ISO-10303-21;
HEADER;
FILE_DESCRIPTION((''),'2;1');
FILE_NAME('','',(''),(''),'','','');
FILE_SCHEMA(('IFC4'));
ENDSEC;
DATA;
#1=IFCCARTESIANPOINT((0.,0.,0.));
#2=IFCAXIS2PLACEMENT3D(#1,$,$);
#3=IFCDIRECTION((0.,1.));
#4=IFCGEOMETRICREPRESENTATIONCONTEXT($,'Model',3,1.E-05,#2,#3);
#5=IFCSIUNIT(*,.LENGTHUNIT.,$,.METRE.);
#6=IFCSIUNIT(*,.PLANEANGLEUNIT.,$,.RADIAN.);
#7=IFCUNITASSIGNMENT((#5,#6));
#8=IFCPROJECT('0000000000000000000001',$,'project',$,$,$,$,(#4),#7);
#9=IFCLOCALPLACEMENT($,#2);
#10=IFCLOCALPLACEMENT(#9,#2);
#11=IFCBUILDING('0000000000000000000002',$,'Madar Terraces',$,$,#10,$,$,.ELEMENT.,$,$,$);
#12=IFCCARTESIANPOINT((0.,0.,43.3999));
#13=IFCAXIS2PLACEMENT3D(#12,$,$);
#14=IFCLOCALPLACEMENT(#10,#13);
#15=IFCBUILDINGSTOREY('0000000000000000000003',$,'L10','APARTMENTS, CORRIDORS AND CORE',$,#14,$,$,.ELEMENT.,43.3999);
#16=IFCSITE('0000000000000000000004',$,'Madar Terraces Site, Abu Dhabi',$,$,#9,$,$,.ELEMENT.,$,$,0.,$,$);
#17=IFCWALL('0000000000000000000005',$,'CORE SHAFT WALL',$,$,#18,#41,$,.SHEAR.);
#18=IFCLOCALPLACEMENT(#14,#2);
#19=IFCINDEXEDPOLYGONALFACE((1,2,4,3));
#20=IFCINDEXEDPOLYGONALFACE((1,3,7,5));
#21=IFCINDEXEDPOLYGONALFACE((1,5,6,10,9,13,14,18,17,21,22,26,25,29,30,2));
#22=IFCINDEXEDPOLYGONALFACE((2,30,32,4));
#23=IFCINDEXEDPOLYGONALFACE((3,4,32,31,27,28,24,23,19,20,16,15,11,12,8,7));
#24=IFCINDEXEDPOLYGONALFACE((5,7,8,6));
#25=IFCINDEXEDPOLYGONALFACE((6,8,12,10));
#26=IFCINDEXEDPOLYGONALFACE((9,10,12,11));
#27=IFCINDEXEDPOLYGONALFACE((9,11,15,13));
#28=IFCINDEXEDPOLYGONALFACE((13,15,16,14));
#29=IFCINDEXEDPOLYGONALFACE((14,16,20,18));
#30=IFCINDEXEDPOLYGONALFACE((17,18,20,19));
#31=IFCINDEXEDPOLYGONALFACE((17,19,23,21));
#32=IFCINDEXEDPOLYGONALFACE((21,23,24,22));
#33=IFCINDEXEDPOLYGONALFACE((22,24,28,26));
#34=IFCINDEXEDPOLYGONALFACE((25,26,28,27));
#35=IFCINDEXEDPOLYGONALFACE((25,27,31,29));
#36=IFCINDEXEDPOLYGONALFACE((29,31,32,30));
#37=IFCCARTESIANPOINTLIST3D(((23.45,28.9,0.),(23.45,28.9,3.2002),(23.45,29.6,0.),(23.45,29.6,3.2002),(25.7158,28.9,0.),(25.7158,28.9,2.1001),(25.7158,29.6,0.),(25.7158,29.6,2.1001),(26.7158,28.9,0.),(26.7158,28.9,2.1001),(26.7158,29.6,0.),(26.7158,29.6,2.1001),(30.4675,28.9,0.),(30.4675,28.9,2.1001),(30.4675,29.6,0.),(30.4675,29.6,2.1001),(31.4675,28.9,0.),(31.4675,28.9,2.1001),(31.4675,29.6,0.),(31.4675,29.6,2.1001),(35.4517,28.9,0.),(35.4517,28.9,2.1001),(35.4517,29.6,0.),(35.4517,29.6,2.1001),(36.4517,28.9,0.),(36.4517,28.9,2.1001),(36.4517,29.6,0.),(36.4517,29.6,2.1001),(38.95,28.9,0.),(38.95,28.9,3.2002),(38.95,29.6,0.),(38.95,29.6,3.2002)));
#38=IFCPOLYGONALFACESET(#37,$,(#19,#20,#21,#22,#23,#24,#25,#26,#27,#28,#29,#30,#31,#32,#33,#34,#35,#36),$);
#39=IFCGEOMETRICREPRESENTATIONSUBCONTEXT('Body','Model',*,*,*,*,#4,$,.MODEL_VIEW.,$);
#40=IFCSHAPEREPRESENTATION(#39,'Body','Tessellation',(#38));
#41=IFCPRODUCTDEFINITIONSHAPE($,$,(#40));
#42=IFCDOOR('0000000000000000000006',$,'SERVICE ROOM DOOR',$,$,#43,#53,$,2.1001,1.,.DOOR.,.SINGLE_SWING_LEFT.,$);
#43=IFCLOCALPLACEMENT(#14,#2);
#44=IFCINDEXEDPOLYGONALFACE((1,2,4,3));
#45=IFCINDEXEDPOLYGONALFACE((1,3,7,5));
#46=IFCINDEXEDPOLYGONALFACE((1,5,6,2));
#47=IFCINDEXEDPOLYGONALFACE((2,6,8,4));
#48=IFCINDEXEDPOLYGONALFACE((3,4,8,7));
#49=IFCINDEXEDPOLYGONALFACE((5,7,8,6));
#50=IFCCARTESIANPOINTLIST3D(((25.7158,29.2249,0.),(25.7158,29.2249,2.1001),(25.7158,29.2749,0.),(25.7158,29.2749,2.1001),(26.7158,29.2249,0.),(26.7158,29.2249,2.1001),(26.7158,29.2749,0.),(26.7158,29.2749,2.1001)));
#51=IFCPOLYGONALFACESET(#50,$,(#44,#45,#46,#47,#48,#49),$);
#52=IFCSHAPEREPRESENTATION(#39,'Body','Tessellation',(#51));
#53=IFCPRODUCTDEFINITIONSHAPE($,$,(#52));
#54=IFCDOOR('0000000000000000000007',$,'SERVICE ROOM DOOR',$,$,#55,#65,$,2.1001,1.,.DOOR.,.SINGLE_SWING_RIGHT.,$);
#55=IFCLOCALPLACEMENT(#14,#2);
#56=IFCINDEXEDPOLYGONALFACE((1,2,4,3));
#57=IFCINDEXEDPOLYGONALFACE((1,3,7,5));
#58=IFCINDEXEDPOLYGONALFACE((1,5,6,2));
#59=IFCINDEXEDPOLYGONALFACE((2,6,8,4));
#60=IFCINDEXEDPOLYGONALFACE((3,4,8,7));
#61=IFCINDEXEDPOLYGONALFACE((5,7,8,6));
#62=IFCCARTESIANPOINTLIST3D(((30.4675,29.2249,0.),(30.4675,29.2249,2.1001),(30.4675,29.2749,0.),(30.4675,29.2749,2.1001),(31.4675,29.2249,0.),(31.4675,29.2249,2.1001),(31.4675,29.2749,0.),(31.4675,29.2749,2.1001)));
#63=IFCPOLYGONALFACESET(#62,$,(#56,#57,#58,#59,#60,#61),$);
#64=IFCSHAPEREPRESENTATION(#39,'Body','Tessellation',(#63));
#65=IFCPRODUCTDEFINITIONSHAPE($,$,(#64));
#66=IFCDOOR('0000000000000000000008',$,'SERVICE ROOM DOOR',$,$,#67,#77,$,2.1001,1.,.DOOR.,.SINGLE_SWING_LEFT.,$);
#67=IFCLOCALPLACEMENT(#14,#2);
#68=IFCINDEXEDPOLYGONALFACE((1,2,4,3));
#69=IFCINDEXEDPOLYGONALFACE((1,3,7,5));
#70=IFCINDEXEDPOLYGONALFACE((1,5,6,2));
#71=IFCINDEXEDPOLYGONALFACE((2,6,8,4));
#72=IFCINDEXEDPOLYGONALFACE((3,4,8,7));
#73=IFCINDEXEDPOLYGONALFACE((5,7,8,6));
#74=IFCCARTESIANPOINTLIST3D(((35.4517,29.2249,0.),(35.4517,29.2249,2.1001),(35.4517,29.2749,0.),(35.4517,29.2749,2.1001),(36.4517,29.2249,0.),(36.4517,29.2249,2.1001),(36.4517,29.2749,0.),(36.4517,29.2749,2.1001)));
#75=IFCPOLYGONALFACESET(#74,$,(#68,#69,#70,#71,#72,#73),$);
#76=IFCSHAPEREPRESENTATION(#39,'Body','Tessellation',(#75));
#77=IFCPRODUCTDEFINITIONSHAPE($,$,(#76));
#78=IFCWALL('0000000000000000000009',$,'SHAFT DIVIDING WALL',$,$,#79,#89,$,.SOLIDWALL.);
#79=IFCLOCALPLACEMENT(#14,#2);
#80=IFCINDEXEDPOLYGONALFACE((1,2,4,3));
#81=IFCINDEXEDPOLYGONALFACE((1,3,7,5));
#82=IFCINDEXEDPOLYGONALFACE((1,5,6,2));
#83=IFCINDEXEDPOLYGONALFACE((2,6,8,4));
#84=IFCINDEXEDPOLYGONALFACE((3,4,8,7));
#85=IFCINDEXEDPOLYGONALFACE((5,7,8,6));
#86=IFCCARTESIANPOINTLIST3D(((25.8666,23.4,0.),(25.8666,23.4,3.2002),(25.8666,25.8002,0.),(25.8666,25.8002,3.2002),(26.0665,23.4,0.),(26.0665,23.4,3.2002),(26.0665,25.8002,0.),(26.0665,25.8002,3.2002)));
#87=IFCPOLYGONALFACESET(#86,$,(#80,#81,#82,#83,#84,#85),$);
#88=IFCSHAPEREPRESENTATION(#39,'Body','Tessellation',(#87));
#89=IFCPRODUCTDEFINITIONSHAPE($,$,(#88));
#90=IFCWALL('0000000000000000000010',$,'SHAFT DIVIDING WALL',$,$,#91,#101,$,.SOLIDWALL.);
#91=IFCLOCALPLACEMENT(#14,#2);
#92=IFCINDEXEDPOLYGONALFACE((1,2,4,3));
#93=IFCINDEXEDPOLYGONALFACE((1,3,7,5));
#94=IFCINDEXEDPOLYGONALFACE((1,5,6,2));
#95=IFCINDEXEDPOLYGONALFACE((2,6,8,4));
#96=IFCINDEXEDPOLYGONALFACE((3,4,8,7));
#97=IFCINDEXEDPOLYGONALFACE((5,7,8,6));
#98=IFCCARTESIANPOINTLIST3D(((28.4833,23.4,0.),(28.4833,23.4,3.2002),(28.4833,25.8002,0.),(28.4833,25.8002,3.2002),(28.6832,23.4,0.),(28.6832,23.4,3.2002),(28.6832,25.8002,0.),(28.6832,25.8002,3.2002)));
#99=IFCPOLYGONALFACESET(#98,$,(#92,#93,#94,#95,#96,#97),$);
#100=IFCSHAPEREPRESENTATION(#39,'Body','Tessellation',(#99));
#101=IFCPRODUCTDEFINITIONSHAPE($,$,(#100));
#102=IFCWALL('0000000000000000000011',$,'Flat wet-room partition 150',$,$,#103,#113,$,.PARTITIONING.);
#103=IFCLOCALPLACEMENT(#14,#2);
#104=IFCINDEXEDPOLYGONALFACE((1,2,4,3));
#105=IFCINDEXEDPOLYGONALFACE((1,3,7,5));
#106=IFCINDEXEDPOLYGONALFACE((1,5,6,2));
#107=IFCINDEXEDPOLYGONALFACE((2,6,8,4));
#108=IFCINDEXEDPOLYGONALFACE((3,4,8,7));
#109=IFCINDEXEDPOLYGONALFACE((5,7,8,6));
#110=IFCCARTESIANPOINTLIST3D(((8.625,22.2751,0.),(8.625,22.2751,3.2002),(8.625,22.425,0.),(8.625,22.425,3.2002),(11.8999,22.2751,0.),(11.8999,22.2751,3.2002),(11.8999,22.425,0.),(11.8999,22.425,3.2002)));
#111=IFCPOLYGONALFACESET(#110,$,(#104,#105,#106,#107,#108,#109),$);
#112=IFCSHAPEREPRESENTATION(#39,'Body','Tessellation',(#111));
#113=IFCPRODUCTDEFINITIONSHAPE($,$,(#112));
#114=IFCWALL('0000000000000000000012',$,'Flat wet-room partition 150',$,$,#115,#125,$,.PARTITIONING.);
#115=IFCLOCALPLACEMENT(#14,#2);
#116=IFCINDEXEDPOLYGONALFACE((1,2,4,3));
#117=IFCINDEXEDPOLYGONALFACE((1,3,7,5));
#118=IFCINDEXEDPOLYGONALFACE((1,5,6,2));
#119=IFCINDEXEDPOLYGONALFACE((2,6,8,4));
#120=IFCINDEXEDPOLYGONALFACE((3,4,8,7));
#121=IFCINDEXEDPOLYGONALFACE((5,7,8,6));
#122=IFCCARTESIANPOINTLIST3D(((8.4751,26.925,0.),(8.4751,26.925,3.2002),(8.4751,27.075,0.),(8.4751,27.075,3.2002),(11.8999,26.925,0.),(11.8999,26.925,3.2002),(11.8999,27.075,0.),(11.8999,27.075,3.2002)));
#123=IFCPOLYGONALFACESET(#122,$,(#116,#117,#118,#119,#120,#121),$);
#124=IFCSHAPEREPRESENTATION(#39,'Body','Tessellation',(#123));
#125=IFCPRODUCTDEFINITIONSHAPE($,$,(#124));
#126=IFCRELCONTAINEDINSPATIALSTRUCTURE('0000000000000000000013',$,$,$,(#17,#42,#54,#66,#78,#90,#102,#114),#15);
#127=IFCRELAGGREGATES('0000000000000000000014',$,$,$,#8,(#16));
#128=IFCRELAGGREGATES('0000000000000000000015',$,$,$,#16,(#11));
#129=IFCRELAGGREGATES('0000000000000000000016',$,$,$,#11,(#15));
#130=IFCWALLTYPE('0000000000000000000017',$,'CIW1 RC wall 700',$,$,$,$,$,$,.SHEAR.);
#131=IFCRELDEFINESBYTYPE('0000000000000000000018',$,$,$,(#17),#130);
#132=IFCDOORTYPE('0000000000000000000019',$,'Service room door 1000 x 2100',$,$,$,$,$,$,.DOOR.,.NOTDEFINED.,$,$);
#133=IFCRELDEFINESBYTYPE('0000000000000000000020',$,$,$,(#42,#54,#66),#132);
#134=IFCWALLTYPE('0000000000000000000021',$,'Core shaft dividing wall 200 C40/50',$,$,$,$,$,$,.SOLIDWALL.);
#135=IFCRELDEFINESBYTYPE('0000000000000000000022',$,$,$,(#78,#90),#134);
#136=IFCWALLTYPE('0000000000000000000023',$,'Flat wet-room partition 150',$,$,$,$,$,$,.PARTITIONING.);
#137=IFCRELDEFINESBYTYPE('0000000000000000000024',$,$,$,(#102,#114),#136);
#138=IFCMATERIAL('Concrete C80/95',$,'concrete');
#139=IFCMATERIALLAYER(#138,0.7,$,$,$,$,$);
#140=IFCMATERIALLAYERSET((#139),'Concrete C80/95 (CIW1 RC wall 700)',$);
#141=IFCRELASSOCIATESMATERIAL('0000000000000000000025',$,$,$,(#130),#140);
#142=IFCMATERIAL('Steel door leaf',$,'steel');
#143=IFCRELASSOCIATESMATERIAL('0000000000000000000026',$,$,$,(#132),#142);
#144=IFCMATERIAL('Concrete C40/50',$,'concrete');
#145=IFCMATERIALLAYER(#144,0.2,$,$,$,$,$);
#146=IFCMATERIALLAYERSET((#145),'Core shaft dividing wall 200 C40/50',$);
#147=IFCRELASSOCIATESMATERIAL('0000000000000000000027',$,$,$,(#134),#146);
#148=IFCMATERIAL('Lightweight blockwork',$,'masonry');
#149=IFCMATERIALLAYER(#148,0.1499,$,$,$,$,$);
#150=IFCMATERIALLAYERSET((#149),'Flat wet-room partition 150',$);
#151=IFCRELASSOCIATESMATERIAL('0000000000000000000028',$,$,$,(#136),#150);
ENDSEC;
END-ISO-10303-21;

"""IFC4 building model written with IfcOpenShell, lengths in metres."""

from ifc_helpers import new_model, si_unit, direction, frame, frame_2d, origin, place, context, subcontext, project, spatial, rectangle, extrude, material, layer, layer_set, type_object, element, fill, save


model = new_model("IFC4")

# Units and contexts
model_context = context("Model", 3, precision=1e-05, world=origin(), true_north=direction((0.0, 1.0)))
body_context = subcontext(model_context, "Body", "Model", "MODEL_VIEW")
ifc_project = project(units=[si_unit("LENGTHUNIT", "METRE"), si_unit("PLANEANGLEUNIT", "RADIAN")], contexts=[model_context])

# Site, building, storey
site_placement = place(None, origin())
site = spatial("IfcSite", under=ifc_project, at=site_placement, Name="Madar Terraces Site, Abu Dhabi", CompositionType="ELEMENT", RefElevation=0.0)
building_placement = place(site_placement, origin())
building = spatial("IfcBuilding", under=site, at=building_placement, Name="Madar Terraces", CompositionType="ELEMENT")
storey_placement = place(building_placement, frame((0.0, 0.0, 43.3999)))
storey = spatial("IfcBuildingStorey", under=building, at=storey_placement, Name="L10", Description="APARTMENTS, CORRIDORS AND CORE", CompositionType="ELEMENT", Elevation=43.3999)

# Shared definitions
ifc_material_1 = material(Name="Concrete C80/95", Category="concrete")
ifc_layer_1 = layer(ifc_material_1, 0.7)
ifc_layer_set_1 = layer_set([ifc_layer_1], Name="Concrete C80/95 (CIW1 RC wall 700)")
wall_type_1 = type_object("IfcWallType", Name="CIW1 RC wall 700", PredefinedType="SHEAR", material=ifc_layer_set_1)

# Shared definitions
ifc_material_2 = material(Name="Steel door leaf", Category="steel")
door_type_1 = type_object("IfcDoorType", Name="Service room door 1000 x 2100", OperationType="NOTDEFINED", PredefinedType="DOOR", material=ifc_material_2)

# Wall, openings, doors
wall_1_placement = place(storey_placement, frame((23.45, 29.25, 0.0), z_axis=(0.0, 0.0, 1.0), x_axis=(1.0, 0.0, 0.0)))
wall_1 = element("IfcWall", 1, at=wall_1_placement, inside=storey, type_object=wall_type_1, Name="CORE SHAFT WALL", PredefinedType="SHEAR", context=body_context, shape_type="SweptSolid", body=[
    extrude(rectangle(XDim=15.5, YDim=0.7, at=frame_2d((7.75, 0.0))), origin(), (0.0, 0.0, 1.0), 3.2002),
])
opening_1_placement = place(wall_1_placement, frame((2.2659, 0.0, 0.0)))
opening_1 = element("IfcOpeningElement", 2, at=opening_1_placement, cuts=wall_1, PredefinedType="OPENING", context=body_context, shape_type="SweptSolid", body=[
    extrude(rectangle(XDim=1.0, YDim=2.1001, at=frame_2d((0.5, 1.05))), frame((0.0, 0.3599, 0.0), z_axis=(0.0, -1.0, 0.0), x_axis=(1.0, 0.0, 0.0)), (0.0, 0.0, 1.0), 0.72),
])
opening_2_placement = place(wall_1_placement, frame((7.0176, 0.0, 0.0)))
opening_2 = element("IfcOpeningElement", 3, at=opening_2_placement, cuts=wall_1, PredefinedType="OPENING", context=body_context, shape_type="SweptSolid", body=[
    extrude(rectangle(XDim=1.0, YDim=2.1001, at=frame_2d((0.5, 1.05))), frame((0.0, 0.3599, 0.0), z_axis=(0.0, -1.0, 0.0), x_axis=(1.0, 0.0, 0.0)), (0.0, 0.0, 1.0), 0.72),
])
opening_3_placement = place(wall_1_placement, frame((12.0017, 0.0, 0.0)))
opening_3 = element("IfcOpeningElement", 4, at=opening_3_placement, cuts=wall_1, PredefinedType="OPENING", context=body_context, shape_type="SweptSolid", body=[
    extrude(rectangle(XDim=1.0, YDim=2.1001, at=frame_2d((0.5, 1.05))), frame((0.0, 0.3599, 0.0), z_axis=(0.0, -1.0, 0.0), x_axis=(1.0, 0.0, 0.0)), (0.0, 0.0, 1.0), 0.72),
])
door_1_placement = place(opening_1_placement, origin())
door_1 = element("IfcDoor", 5, at=door_1_placement, inside=storey, type_object=door_type_1, Name="SERVICE ROOM DOOR", OperationType="SINGLE_SWING_LEFT", OverallHeight=2.1001, OverallWidth=1.0, PredefinedType="DOOR", context=body_context, shape_type="SweptSolid", body=[
    extrude(rectangle(XDim=1.0, YDim=2.1001, at=frame_2d((0.5, 1.05))), frame((0.0, 0.0249, 0.0), z_axis=(0.0, -1.0, 0.0), x_axis=(1.0, 0.0, 0.0)), (0.0, 0.0, 1.0), 0.05),
])
fill(opening_1, door_1)
door_2_placement = place(opening_2_placement, origin())
door_2 = element("IfcDoor", 6, at=door_2_placement, inside=storey, type_object=door_type_1, Name="SERVICE ROOM DOOR", OperationType="SINGLE_SWING_RIGHT", OverallHeight=2.1001, OverallWidth=1.0, PredefinedType="DOOR", context=body_context, shape_type="SweptSolid", body=[
    extrude(rectangle(XDim=1.0, YDim=2.1001, at=frame_2d((0.5, 1.05))), frame((0.0, 0.0249, 0.0), z_axis=(0.0, -1.0, 0.0), x_axis=(1.0, 0.0, 0.0)), (0.0, 0.0, 1.0), 0.05),
])
fill(opening_2, door_2)
door_3_placement = place(opening_3_placement, origin())
door_3 = element("IfcDoor", 7, at=door_3_placement, inside=storey, type_object=door_type_1, Name="SERVICE ROOM DOOR", OperationType="SINGLE_SWING_LEFT", OverallHeight=2.1001, OverallWidth=1.0, PredefinedType="DOOR", context=body_context, shape_type="SweptSolid", body=[
    extrude(rectangle(XDim=1.0, YDim=2.1001, at=frame_2d((0.5, 1.05))), frame((0.0, 0.0249, 0.0), z_axis=(0.0, -1.0, 0.0), x_axis=(1.0, 0.0, 0.0)), (0.0, 0.0, 1.0), 0.05),
])
fill(opening_3, door_3)

# Walls
ifc_material_3 = material(Name="Concrete C40/50", Category="concrete")
ifc_layer_2 = layer(ifc_material_3, 0.2)
ifc_layer_set_2 = layer_set([ifc_layer_2], Name="Core shaft dividing wall 200 C40/50")
wall_type_2 = type_object("IfcWallType", Name="Core shaft dividing wall 200 C40/50", PredefinedType="SOLIDWALL", material=ifc_layer_set_2)
for number, where, z_axis, x_axis, name in (
    (8, (25.9666, 23.3999, 0.0), (0.0, 0.0, 1.0), (0.0, 1.0, 0.0), "SHAFT DIVIDING WALL"),
    (9, (28.5833, 23.3999, 0.0), (0.0, 0.0, 1.0), (0.0, 1.0, 0.0), "SHAFT DIVIDING WALL"),
):
    element("IfcWall", number, at=place(storey_placement, frame(where, z_axis=z_axis, x_axis=x_axis)), inside=storey, type_object=wall_type_2, Name=name, PredefinedType="SOLIDWALL", context=body_context, shape_type="SweptSolid", body=[
        extrude(rectangle(XDim=2.4001, YDim=0.2, at=frame_2d((1.2002, 0.0))), origin(), (0.0, 0.0, 1.0), 3.2002),
    ])
ifc_material_4 = material(Name="Lightweight blockwork", Category="masonry")
ifc_layer_3 = layer(ifc_material_4, 0.1499)
ifc_layer_set_3 = layer_set([ifc_layer_3], Name="Flat wet-room partition 150")
wall_type_3 = type_object("IfcWallType", Name="Flat wet-room partition 150", PredefinedType="PARTITIONING", material=ifc_layer_set_3)
wall_2_placement = place(storey_placement, frame((11.8999, 22.3501, 0.0), z_axis=(0.0, 0.0, 1.0), x_axis=(-1.0, 0.0, 0.0)))
element("IfcWall", 10, at=wall_2_placement, inside=storey, type_object=wall_type_3, Name="Flat wet-room partition 150", PredefinedType="PARTITIONING", context=body_context, shape_type="SweptSolid", body=[
    extrude(rectangle(XDim=3.2749, YDim=0.1499, at=frame_2d((1.6375, 0.0))), origin(), (0.0, 0.0, 1.0), 3.2002),
])
wall_3_placement = place(storey_placement, frame((11.8999, 27.0, 0.0), z_axis=(0.0, 0.0, 1.0), x_axis=(-1.0, 0.0, 0.0)))
element("IfcWall", 11, at=wall_3_placement, inside=storey, type_object=wall_type_3, Name="Flat wet-room partition 150", PredefinedType="PARTITIONING", context=body_context, shape_type="SweptSolid", body=[
    extrude(rectangle(XDim=3.4248, YDim=0.1499, at=frame_2d((1.7124, 0.0))), origin(), (0.0, 0.0, 1.0), 3.2002),
])

save(model, "model.ifc")
